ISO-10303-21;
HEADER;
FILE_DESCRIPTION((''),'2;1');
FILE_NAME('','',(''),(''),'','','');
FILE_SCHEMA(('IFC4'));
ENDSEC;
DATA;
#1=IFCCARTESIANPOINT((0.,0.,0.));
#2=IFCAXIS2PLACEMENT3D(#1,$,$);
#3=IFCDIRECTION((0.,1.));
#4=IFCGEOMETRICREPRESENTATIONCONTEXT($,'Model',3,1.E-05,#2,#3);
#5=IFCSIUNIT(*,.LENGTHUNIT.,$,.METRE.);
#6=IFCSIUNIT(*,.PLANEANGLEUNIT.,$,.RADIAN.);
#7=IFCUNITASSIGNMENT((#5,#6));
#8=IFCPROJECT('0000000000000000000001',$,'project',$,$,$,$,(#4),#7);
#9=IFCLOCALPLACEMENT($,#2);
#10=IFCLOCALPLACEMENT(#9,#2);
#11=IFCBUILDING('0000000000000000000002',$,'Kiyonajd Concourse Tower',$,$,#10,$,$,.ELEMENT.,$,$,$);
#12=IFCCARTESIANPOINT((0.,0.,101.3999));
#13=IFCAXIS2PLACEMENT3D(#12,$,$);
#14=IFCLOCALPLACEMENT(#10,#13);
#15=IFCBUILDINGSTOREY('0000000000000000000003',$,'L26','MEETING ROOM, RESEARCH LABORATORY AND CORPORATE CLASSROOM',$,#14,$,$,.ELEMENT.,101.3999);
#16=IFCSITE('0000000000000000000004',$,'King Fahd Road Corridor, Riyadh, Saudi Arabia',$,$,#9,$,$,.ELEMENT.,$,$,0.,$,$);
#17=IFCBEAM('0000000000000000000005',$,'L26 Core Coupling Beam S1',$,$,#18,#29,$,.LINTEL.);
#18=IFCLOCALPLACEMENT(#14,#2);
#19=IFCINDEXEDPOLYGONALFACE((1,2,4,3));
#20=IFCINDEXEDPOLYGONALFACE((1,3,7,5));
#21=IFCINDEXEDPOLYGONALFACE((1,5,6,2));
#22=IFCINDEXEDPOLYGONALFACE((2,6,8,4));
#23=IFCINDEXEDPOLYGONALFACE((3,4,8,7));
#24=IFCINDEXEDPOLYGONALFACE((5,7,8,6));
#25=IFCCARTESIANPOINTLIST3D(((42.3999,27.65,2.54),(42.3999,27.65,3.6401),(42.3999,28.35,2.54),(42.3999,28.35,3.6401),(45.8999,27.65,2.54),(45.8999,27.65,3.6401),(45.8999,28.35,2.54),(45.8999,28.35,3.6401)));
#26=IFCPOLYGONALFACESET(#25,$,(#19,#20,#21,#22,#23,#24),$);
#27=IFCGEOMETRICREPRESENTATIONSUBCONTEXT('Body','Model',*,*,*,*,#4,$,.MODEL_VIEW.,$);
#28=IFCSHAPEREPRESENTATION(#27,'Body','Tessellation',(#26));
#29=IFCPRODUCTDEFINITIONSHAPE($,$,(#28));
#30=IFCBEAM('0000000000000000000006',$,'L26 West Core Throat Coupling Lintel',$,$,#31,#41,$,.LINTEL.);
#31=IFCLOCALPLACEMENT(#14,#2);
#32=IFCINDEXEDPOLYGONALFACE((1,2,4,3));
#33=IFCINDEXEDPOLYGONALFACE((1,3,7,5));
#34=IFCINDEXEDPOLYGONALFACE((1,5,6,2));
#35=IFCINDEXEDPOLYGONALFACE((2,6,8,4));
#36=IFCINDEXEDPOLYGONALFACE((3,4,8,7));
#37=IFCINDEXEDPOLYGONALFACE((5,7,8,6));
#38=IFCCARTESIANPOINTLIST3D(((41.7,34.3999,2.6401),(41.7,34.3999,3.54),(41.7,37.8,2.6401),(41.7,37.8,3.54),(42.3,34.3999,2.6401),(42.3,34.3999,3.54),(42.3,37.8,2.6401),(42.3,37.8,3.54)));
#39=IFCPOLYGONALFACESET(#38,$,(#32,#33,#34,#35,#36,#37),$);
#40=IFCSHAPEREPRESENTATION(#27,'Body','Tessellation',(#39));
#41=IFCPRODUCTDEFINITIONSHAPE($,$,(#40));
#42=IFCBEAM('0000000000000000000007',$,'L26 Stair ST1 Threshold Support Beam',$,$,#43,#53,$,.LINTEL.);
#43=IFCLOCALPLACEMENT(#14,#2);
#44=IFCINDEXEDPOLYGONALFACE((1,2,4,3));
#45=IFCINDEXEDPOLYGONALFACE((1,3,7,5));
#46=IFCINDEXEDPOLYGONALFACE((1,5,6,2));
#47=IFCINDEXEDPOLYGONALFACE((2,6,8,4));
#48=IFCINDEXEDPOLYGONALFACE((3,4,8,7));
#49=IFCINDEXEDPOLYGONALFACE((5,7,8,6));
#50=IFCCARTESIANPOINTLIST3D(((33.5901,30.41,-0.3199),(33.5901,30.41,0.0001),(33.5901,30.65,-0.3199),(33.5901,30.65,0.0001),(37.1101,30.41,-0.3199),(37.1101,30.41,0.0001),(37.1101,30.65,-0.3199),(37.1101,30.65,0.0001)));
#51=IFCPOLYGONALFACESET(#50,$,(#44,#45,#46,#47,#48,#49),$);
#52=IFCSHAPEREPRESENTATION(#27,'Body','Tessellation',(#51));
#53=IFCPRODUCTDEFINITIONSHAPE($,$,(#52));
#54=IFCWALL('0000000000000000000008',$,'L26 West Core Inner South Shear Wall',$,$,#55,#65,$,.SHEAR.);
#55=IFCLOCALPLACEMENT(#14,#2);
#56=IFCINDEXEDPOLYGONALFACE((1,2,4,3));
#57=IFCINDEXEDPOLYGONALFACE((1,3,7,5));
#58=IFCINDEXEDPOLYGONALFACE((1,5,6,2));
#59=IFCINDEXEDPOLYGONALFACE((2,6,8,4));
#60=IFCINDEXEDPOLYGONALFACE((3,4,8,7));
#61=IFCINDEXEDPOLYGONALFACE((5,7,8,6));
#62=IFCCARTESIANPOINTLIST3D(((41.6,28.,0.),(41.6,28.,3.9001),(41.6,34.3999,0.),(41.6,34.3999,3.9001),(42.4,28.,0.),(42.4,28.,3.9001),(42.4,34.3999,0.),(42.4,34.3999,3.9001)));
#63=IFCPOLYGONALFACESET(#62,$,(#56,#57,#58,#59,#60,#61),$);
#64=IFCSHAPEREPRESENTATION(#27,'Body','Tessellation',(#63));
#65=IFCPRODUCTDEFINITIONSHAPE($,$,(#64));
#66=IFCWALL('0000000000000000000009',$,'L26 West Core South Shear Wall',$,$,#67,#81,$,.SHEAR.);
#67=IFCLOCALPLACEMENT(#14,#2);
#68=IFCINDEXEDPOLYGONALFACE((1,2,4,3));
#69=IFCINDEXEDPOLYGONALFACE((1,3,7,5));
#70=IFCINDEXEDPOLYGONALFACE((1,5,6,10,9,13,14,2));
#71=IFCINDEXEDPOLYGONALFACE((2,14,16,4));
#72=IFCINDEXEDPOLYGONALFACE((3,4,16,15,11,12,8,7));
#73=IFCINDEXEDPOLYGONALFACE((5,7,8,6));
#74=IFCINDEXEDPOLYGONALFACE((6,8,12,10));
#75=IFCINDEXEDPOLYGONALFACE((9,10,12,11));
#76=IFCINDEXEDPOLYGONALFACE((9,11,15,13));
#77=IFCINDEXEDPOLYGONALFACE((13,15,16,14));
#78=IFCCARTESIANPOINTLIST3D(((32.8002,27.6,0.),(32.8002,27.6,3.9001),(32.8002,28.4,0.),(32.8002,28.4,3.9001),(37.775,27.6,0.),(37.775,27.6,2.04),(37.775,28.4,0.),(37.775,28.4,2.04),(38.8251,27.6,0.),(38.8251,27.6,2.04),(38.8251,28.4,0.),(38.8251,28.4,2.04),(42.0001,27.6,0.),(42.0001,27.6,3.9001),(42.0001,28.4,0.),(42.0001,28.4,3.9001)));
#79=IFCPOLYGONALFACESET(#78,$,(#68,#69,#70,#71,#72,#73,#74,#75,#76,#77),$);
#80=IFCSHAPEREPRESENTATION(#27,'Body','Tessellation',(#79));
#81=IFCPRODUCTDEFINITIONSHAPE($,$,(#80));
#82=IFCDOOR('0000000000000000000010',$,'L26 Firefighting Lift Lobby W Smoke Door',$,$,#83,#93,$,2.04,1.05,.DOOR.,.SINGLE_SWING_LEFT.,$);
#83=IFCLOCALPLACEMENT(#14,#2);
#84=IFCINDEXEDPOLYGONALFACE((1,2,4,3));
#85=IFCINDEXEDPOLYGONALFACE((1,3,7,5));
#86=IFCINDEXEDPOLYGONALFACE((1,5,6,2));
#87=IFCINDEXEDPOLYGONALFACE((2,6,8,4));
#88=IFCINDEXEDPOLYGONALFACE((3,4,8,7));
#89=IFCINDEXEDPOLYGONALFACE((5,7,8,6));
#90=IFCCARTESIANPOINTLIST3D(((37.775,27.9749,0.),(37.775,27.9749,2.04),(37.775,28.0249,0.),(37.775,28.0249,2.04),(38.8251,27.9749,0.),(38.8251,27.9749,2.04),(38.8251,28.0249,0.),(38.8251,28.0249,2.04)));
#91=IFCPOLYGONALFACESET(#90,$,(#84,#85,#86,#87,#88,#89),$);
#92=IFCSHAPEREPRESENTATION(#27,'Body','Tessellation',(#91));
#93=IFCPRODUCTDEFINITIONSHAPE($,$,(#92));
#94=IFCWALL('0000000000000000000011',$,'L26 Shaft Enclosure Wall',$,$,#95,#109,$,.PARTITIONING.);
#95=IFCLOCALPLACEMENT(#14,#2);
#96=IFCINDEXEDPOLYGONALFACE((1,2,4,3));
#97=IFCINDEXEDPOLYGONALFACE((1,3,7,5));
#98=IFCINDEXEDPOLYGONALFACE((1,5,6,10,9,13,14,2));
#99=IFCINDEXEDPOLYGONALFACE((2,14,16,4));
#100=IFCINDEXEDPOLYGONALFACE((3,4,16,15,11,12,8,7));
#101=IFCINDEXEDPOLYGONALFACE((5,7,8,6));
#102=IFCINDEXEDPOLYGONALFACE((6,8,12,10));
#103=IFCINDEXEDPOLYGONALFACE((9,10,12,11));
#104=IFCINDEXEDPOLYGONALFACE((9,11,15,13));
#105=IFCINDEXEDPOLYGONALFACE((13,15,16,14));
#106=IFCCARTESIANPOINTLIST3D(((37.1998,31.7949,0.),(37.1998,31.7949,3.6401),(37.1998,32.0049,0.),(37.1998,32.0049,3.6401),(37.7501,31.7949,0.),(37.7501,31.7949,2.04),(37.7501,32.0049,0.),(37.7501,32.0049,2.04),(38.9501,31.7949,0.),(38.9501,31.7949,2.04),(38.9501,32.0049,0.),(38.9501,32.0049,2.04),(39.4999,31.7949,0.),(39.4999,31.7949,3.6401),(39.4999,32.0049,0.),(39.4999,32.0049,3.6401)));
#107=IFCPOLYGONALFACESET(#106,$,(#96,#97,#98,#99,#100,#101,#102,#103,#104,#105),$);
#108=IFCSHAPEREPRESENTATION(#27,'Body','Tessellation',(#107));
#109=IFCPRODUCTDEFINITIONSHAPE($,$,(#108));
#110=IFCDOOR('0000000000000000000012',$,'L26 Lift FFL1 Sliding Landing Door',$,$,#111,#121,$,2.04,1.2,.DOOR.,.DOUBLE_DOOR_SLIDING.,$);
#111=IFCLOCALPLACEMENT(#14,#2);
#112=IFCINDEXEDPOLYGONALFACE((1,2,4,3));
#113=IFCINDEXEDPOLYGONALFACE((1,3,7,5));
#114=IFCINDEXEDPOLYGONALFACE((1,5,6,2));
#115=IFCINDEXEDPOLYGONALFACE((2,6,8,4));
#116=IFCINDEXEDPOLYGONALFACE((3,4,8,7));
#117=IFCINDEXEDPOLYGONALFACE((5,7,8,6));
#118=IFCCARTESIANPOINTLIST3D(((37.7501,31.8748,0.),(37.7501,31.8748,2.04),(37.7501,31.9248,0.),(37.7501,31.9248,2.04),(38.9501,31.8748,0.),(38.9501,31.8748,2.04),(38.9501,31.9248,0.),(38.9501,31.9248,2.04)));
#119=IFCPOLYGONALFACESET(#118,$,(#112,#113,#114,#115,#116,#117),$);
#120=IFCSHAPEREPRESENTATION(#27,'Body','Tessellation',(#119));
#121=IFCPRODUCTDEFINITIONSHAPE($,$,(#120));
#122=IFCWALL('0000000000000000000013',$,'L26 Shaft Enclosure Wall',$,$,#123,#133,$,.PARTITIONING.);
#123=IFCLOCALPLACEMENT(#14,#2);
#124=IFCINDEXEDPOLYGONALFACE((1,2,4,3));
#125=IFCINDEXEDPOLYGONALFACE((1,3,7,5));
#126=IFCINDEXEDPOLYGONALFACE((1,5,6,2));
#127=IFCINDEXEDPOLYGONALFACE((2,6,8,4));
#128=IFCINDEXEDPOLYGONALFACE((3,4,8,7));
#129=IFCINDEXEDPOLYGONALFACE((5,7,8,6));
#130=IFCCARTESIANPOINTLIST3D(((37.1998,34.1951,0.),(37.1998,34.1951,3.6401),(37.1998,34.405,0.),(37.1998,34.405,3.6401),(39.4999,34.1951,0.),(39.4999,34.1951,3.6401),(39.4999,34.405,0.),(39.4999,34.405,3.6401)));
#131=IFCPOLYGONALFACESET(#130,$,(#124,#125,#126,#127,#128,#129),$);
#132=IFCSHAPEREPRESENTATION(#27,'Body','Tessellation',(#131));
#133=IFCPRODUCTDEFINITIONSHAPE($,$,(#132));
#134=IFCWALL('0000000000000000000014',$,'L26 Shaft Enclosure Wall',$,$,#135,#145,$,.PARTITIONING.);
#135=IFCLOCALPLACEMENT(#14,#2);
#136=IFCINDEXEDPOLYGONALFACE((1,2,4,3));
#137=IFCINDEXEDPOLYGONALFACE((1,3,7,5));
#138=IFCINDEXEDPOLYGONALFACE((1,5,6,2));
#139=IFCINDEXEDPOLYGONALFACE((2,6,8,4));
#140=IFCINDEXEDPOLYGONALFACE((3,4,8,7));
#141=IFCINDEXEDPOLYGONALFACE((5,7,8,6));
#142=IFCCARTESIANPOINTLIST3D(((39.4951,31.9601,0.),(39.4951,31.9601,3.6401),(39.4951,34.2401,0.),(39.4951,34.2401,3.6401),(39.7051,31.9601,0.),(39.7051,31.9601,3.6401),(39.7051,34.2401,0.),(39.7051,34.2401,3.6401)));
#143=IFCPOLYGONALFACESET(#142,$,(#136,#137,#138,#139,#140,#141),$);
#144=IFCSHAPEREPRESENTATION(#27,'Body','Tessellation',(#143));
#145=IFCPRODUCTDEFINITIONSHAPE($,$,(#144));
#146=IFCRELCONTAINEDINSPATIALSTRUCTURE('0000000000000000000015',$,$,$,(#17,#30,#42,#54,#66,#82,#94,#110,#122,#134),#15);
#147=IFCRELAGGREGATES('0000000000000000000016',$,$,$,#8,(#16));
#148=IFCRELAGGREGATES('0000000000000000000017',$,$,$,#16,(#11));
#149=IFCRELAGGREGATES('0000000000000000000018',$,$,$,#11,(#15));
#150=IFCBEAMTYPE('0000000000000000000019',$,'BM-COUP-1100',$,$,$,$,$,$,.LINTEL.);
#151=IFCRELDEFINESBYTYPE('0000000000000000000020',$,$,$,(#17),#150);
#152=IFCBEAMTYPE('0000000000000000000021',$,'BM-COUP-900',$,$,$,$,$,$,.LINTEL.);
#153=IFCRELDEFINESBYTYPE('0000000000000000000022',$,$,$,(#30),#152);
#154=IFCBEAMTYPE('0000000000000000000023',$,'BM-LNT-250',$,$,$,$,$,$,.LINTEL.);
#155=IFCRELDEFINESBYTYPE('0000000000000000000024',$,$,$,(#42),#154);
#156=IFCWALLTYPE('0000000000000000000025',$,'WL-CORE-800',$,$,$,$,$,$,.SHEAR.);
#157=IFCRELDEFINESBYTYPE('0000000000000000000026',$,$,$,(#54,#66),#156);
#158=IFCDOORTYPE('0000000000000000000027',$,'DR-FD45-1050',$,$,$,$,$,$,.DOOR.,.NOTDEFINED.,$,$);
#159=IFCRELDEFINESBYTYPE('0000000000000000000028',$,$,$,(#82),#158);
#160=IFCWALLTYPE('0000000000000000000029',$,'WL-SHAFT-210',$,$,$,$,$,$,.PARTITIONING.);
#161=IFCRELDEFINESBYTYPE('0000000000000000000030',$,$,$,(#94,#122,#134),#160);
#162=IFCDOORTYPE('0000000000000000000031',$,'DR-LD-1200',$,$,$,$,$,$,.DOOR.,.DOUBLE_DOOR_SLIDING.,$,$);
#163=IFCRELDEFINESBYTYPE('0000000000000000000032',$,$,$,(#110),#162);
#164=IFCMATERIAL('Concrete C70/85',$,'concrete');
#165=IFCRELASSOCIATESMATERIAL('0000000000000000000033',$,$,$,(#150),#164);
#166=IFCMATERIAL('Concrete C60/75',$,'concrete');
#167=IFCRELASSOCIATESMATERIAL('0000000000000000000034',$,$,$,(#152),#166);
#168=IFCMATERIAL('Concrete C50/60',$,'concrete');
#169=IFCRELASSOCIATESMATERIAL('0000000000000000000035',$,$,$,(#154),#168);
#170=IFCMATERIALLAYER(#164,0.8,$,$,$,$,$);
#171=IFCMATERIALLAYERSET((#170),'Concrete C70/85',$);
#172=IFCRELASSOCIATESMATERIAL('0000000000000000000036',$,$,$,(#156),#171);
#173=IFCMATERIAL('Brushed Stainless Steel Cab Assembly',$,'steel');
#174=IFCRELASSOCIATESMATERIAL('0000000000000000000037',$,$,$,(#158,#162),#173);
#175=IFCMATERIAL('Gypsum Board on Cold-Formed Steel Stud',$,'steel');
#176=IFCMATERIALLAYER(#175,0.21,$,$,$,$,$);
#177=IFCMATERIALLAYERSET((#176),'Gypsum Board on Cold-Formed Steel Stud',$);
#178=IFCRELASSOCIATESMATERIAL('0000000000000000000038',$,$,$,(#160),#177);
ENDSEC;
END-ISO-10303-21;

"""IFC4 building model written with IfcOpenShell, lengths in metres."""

from ifc_helpers import new_model, si_unit, direction, frame, frame_2d, origin, origin_2d, place, context, subcontext, project, spatial, rectangle, extrude, material, layer, layer_set, material_profile, profile_set, type_object, element, fill, save


model = new_model("IFC4")

# Units and contexts
model_context = context("Model", 3, precision=1e-05, world=origin(), true_north=direction((0.0, 1.0)))
body_context = subcontext(model_context, "Body", "Model", "MODEL_VIEW")
ifc_project = project(units=[si_unit("LENGTHUNIT", "METRE"), si_unit("PLANEANGLEUNIT", "RADIAN")], contexts=[model_context])

# Site, building, storey
site_placement = place(None, origin())
site = spatial("IfcSite", under=ifc_project, at=site_placement, Name="King Fahd Road Corridor, Riyadh, Saudi Arabia", CompositionType="ELEMENT", RefElevation=0.0)
building_placement = place(site_placement, origin())
building = spatial("IfcBuilding", under=site, at=building_placement, Name="Kiyonajd Concourse Tower", CompositionType="ELEMENT")
storey_placement = place(building_placement, frame((0.0, 0.0, 101.3999)))
storey = spatial("IfcBuildingStorey", under=building, at=storey_placement, Name="L26", Description="MEETING ROOM, RESEARCH LABORATORY AND CORPORATE CLASSROOM", CompositionType="ELEMENT", Elevation=101.3999)

# Beams
ifc_material_1 = material(Name="Concrete C70/85", Category="concrete")
ifc_material_profile_1 = material_profile(ifc_material_1, rectangle(XDim=0.7, YDim=1.1001, at=origin_2d()), Name="RCBM-700x1100")
ifc_profile_set_1 = profile_set([ifc_material_profile_1], Name="Concrete C70/85")
beam_type_1 = type_object("IfcBeamType", Name="BM-COUP-1100", PredefinedType="LINTEL", material=ifc_profile_set_1)
beam_1_placement = place(storey_placement, frame((42.3999, 28.0, 3.0901), z_axis=(1.0, 0.0, 0.0), x_axis=(0.0, 1.0, 0.0)))
element("IfcBeam", 1, at=beam_1_placement, inside=storey, type_object=beam_type_1, Name="L26 Core Coupling Beam S1", PredefinedType="LINTEL", context=body_context, shape_type="SweptSolid", body=[
    extrude(rectangle(XDim=0.7, YDim=1.1001, at=origin_2d()), origin(), (0.0, 0.0, 1.0), 3.5),
])
ifc_material_2 = material(Name="Concrete C60/75", Category="concrete")
ifc_material_profile_2 = material_profile(ifc_material_2, rectangle(XDim=0.6001, YDim=0.8999, at=origin_2d()), Name="RCBM-600x900")
ifc_profile_set_2 = profile_set([ifc_material_profile_2], Name="Concrete C60/75")
beam_type_2 = type_object("IfcBeamType", Name="BM-COUP-900", PredefinedType="LINTEL", material=ifc_profile_set_2)
beam_2_placement = place(storey_placement, frame((42.0, 34.3999, 3.0901), z_axis=(0.0, 1.0, 0.0), x_axis=(-1.0, 0.0, 0.0)))
element("IfcBeam", 2, at=beam_2_placement, inside=storey, type_object=beam_type_2, Name="L26 West Core Throat Coupling Lintel", PredefinedType="LINTEL", context=body_context, shape_type="SweptSolid", body=[
    extrude(rectangle(XDim=0.6001, YDim=0.8999, at=origin_2d()), origin(), (0.0, 0.0, 1.0), 3.4001),
])
ifc_material_3 = material(Name="Concrete C50/60", Category="concrete")
ifc_material_profile_3 = material_profile(ifc_material_3, rectangle(XDim=0.24, YDim=0.3201, at=origin_2d()), Name="RCBM-240x320")
ifc_profile_set_3 = profile_set([ifc_material_profile_3], Name="Concrete C50/60")
beam_type_3 = type_object("IfcBeamType", Name="BM-LNT-250", PredefinedType="LINTEL", material=ifc_profile_set_3)
beam_3_placement = place(storey_placement, frame((33.5901, 30.53, -0.1599), z_axis=(1.0, 0.0, 0.0), x_axis=(0.0, 1.0, 0.0)))
element("IfcBeam", 3, at=beam_3_placement, inside=storey, type_object=beam_type_3, Name="L26 Stair ST1 Threshold Support Beam", PredefinedType="LINTEL", context=body_context, shape_type="SweptSolid", body=[
    extrude(rectangle(XDim=0.24, YDim=0.3201, at=origin_2d()), origin(), (0.0, 0.0, 1.0), 3.52),
])

# Wall
ifc_layer_1 = layer(ifc_material_1, 0.8)
ifc_layer_set_1 = layer_set([ifc_layer_1], Name="Concrete C70/85")
wall_type_1 = type_object("IfcWallType", Name="WL-CORE-800", PredefinedType="SHEAR", material=ifc_layer_set_1)
wall_1_placement = place(storey_placement, frame((42.0, 28.0, 0.0), z_axis=(0.0, 0.0, 1.0), x_axis=(0.0, 1.0, 0.0)))
element("IfcWall", 4, at=wall_1_placement, inside=storey, type_object=wall_type_1, Name="L26 West Core Inner South Shear Wall", PredefinedType="SHEAR", context=body_context, shape_type="SweptSolid", body=[
    extrude(rectangle(XDim=6.3999, YDim=0.8, at=frame_2d((3.2, 0.0))), origin(), (0.0, 0.0, 1.0), 3.9001),
])

# Walls, openings, doors
wall_2_placement = place(storey_placement, frame((32.8, 28.0, 0.0), z_axis=(0.0, 0.0, 1.0), x_axis=(1.0, 0.0, 0.0)))
wall_2 = element("IfcWall", 5, at=wall_2_placement, inside=storey, type_object=wall_type_1, Name="L26 West Core South Shear Wall", PredefinedType="SHEAR", context=body_context, shape_type="SweptSolid", body=[
    extrude(rectangle(XDim=9.2, YDim=0.8, at=frame_2d((4.6001, 0.0))), origin(), (0.0, 0.0, 1.0), 3.9001),
])
opening_1_placement = place(wall_2_placement, frame((4.9751, 0.0, 0.0)))
opening_1 = element("IfcOpeningElement", 6, at=opening_1_placement, cuts=wall_2, PredefinedType="OPENING", context=body_context, shape_type="SweptSolid", body=[
    extrude(rectangle(XDim=1.05, YDim=2.04, at=frame_2d((0.5249, 1.02))), frame((0.0, 0.4099, 0.0), z_axis=(0.0, -1.0, 0.0), x_axis=(1.0, 0.0, 0.0)), (0.0, 0.0, 1.0), 0.8201),
])
ifc_material_4 = material(Name="Brushed Stainless Steel Cab Assembly", Category="steel")
door_type_1 = type_object("IfcDoorType", Name="DR-FD45-1050", OperationType="NOTDEFINED", PredefinedType="DOOR", material=ifc_material_4)
door_1_placement = place(opening_1_placement, origin())
door_1 = element("IfcDoor", 7, at=door_1_placement, inside=storey, type_object=door_type_1, Name="L26 Firefighting Lift Lobby W Smoke Door", OperationType="SINGLE_SWING_LEFT", OverallHeight=2.04, OverallWidth=1.05, PredefinedType="DOOR", context=body_context, shape_type="SweptSolid", body=[
    extrude(rectangle(XDim=1.05, YDim=2.04, at=frame_2d((0.5249, 1.02))), frame((0.0, 0.0249, 0.0), z_axis=(0.0, -1.0, 0.0), x_axis=(1.0, 0.0, 0.0)), (0.0, 0.0, 1.0), 0.05),
])
fill(opening_1, door_1)
ifc_material_5 = material(Name="Gypsum Board on Cold-Formed Steel Stud", Category="steel")
ifc_layer_2 = layer(ifc_material_5, 0.21)
ifc_layer_set_2 = layer_set([ifc_layer_2], Name="Gypsum Board on Cold-Formed Steel Stud")
wall_type_2 = type_object("IfcWallType", Name="WL-SHAFT-210", PredefinedType="PARTITIONING", material=ifc_layer_set_2)
wall_3_placement = place(storey_placement, frame((37.2, 31.8999, 0.0), z_axis=(0.0, 0.0, 1.0), x_axis=(1.0, 0.0, 0.0)))
wall_3 = element("IfcWall", 8, at=wall_3_placement, inside=storey, type_object=wall_type_2, Name="L26 Shaft Enclosure Wall", PredefinedType="PARTITIONING", context=body_context, shape_type="SweptSolid", body=[
    extrude(rectangle(XDim=2.3, YDim=0.21, at=frame_2d((1.1499, 0.0))), origin(), (0.0, 0.0, 1.0), 3.6401),
])
opening_2_placement = place(wall_3_placement, frame((0.55, 0.0, 0.0)))
opening_2 = element("IfcOpeningElement", 9, at=opening_2_placement, cuts=wall_3, PredefinedType="OPENING", context=body_context, shape_type="SweptSolid", body=[
    extrude(rectangle(XDim=1.2, YDim=2.04, at=frame_2d((0.6001, 1.02))), frame((0.0, 0.115, 0.0), z_axis=(0.0, -1.0, 0.0), x_axis=(1.0, 0.0, 0.0)), (0.0, 0.0, 1.0), 0.23),
])
door_type_2 = type_object("IfcDoorType", Name="DR-LD-1200", OperationType="DOUBLE_DOOR_SLIDING", PredefinedType="DOOR", material=ifc_material_4)
door_2_placement = place(opening_2_placement, origin())
door_2 = element("IfcDoor", 10, at=door_2_placement, inside=storey, type_object=door_type_2, Name="L26 Lift FFL1 Sliding Landing Door", OperationType="DOUBLE_DOOR_SLIDING", OverallHeight=2.04, OverallWidth=1.2, PredefinedType="DOOR", context=body_context, shape_type="SweptSolid", body=[
    extrude(rectangle(XDim=1.2, YDim=2.04, at=frame_2d((0.6001, 1.02))), frame((0.0, 0.0249, 0.0), z_axis=(0.0, -1.0, 0.0), x_axis=(1.0, 0.0, 0.0)), (0.0, 0.0, 1.0), 0.05),
])
fill(opening_2, door_2)

# Walls
wall_4_placement = place(storey_placement, frame((37.2, 34.3, 0.0), z_axis=(0.0, 0.0, 1.0), x_axis=(1.0, 0.0, 0.0)))
element("IfcWall", 11, at=wall_4_placement, inside=storey, type_object=wall_type_2, Name="L26 Shaft Enclosure Wall", PredefinedType="PARTITIONING", context=body_context, shape_type="SweptSolid", body=[
    extrude(rectangle(XDim=2.3, YDim=0.21, at=frame_2d((1.1499, 0.0))), origin(), (0.0, 0.0, 1.0), 3.6401),
])
wall_5_placement = place(storey_placement, frame((39.6001, 31.96, 0.0), z_axis=(0.0, 0.0, 1.0), x_axis=(0.0, 1.0, 0.0)))
element("IfcWall", 12, at=wall_5_placement, inside=storey, type_object=wall_type_2, Name="L26 Shaft Enclosure Wall", PredefinedType="PARTITIONING", context=body_context, shape_type="SweptSolid", body=[
    extrude(rectangle(XDim=2.28, YDim=0.21, at=frame_2d((1.1401, 0.0))), origin(), (0.0, 0.0, 1.0), 3.6401),
])

save(model, "model.ifc")
